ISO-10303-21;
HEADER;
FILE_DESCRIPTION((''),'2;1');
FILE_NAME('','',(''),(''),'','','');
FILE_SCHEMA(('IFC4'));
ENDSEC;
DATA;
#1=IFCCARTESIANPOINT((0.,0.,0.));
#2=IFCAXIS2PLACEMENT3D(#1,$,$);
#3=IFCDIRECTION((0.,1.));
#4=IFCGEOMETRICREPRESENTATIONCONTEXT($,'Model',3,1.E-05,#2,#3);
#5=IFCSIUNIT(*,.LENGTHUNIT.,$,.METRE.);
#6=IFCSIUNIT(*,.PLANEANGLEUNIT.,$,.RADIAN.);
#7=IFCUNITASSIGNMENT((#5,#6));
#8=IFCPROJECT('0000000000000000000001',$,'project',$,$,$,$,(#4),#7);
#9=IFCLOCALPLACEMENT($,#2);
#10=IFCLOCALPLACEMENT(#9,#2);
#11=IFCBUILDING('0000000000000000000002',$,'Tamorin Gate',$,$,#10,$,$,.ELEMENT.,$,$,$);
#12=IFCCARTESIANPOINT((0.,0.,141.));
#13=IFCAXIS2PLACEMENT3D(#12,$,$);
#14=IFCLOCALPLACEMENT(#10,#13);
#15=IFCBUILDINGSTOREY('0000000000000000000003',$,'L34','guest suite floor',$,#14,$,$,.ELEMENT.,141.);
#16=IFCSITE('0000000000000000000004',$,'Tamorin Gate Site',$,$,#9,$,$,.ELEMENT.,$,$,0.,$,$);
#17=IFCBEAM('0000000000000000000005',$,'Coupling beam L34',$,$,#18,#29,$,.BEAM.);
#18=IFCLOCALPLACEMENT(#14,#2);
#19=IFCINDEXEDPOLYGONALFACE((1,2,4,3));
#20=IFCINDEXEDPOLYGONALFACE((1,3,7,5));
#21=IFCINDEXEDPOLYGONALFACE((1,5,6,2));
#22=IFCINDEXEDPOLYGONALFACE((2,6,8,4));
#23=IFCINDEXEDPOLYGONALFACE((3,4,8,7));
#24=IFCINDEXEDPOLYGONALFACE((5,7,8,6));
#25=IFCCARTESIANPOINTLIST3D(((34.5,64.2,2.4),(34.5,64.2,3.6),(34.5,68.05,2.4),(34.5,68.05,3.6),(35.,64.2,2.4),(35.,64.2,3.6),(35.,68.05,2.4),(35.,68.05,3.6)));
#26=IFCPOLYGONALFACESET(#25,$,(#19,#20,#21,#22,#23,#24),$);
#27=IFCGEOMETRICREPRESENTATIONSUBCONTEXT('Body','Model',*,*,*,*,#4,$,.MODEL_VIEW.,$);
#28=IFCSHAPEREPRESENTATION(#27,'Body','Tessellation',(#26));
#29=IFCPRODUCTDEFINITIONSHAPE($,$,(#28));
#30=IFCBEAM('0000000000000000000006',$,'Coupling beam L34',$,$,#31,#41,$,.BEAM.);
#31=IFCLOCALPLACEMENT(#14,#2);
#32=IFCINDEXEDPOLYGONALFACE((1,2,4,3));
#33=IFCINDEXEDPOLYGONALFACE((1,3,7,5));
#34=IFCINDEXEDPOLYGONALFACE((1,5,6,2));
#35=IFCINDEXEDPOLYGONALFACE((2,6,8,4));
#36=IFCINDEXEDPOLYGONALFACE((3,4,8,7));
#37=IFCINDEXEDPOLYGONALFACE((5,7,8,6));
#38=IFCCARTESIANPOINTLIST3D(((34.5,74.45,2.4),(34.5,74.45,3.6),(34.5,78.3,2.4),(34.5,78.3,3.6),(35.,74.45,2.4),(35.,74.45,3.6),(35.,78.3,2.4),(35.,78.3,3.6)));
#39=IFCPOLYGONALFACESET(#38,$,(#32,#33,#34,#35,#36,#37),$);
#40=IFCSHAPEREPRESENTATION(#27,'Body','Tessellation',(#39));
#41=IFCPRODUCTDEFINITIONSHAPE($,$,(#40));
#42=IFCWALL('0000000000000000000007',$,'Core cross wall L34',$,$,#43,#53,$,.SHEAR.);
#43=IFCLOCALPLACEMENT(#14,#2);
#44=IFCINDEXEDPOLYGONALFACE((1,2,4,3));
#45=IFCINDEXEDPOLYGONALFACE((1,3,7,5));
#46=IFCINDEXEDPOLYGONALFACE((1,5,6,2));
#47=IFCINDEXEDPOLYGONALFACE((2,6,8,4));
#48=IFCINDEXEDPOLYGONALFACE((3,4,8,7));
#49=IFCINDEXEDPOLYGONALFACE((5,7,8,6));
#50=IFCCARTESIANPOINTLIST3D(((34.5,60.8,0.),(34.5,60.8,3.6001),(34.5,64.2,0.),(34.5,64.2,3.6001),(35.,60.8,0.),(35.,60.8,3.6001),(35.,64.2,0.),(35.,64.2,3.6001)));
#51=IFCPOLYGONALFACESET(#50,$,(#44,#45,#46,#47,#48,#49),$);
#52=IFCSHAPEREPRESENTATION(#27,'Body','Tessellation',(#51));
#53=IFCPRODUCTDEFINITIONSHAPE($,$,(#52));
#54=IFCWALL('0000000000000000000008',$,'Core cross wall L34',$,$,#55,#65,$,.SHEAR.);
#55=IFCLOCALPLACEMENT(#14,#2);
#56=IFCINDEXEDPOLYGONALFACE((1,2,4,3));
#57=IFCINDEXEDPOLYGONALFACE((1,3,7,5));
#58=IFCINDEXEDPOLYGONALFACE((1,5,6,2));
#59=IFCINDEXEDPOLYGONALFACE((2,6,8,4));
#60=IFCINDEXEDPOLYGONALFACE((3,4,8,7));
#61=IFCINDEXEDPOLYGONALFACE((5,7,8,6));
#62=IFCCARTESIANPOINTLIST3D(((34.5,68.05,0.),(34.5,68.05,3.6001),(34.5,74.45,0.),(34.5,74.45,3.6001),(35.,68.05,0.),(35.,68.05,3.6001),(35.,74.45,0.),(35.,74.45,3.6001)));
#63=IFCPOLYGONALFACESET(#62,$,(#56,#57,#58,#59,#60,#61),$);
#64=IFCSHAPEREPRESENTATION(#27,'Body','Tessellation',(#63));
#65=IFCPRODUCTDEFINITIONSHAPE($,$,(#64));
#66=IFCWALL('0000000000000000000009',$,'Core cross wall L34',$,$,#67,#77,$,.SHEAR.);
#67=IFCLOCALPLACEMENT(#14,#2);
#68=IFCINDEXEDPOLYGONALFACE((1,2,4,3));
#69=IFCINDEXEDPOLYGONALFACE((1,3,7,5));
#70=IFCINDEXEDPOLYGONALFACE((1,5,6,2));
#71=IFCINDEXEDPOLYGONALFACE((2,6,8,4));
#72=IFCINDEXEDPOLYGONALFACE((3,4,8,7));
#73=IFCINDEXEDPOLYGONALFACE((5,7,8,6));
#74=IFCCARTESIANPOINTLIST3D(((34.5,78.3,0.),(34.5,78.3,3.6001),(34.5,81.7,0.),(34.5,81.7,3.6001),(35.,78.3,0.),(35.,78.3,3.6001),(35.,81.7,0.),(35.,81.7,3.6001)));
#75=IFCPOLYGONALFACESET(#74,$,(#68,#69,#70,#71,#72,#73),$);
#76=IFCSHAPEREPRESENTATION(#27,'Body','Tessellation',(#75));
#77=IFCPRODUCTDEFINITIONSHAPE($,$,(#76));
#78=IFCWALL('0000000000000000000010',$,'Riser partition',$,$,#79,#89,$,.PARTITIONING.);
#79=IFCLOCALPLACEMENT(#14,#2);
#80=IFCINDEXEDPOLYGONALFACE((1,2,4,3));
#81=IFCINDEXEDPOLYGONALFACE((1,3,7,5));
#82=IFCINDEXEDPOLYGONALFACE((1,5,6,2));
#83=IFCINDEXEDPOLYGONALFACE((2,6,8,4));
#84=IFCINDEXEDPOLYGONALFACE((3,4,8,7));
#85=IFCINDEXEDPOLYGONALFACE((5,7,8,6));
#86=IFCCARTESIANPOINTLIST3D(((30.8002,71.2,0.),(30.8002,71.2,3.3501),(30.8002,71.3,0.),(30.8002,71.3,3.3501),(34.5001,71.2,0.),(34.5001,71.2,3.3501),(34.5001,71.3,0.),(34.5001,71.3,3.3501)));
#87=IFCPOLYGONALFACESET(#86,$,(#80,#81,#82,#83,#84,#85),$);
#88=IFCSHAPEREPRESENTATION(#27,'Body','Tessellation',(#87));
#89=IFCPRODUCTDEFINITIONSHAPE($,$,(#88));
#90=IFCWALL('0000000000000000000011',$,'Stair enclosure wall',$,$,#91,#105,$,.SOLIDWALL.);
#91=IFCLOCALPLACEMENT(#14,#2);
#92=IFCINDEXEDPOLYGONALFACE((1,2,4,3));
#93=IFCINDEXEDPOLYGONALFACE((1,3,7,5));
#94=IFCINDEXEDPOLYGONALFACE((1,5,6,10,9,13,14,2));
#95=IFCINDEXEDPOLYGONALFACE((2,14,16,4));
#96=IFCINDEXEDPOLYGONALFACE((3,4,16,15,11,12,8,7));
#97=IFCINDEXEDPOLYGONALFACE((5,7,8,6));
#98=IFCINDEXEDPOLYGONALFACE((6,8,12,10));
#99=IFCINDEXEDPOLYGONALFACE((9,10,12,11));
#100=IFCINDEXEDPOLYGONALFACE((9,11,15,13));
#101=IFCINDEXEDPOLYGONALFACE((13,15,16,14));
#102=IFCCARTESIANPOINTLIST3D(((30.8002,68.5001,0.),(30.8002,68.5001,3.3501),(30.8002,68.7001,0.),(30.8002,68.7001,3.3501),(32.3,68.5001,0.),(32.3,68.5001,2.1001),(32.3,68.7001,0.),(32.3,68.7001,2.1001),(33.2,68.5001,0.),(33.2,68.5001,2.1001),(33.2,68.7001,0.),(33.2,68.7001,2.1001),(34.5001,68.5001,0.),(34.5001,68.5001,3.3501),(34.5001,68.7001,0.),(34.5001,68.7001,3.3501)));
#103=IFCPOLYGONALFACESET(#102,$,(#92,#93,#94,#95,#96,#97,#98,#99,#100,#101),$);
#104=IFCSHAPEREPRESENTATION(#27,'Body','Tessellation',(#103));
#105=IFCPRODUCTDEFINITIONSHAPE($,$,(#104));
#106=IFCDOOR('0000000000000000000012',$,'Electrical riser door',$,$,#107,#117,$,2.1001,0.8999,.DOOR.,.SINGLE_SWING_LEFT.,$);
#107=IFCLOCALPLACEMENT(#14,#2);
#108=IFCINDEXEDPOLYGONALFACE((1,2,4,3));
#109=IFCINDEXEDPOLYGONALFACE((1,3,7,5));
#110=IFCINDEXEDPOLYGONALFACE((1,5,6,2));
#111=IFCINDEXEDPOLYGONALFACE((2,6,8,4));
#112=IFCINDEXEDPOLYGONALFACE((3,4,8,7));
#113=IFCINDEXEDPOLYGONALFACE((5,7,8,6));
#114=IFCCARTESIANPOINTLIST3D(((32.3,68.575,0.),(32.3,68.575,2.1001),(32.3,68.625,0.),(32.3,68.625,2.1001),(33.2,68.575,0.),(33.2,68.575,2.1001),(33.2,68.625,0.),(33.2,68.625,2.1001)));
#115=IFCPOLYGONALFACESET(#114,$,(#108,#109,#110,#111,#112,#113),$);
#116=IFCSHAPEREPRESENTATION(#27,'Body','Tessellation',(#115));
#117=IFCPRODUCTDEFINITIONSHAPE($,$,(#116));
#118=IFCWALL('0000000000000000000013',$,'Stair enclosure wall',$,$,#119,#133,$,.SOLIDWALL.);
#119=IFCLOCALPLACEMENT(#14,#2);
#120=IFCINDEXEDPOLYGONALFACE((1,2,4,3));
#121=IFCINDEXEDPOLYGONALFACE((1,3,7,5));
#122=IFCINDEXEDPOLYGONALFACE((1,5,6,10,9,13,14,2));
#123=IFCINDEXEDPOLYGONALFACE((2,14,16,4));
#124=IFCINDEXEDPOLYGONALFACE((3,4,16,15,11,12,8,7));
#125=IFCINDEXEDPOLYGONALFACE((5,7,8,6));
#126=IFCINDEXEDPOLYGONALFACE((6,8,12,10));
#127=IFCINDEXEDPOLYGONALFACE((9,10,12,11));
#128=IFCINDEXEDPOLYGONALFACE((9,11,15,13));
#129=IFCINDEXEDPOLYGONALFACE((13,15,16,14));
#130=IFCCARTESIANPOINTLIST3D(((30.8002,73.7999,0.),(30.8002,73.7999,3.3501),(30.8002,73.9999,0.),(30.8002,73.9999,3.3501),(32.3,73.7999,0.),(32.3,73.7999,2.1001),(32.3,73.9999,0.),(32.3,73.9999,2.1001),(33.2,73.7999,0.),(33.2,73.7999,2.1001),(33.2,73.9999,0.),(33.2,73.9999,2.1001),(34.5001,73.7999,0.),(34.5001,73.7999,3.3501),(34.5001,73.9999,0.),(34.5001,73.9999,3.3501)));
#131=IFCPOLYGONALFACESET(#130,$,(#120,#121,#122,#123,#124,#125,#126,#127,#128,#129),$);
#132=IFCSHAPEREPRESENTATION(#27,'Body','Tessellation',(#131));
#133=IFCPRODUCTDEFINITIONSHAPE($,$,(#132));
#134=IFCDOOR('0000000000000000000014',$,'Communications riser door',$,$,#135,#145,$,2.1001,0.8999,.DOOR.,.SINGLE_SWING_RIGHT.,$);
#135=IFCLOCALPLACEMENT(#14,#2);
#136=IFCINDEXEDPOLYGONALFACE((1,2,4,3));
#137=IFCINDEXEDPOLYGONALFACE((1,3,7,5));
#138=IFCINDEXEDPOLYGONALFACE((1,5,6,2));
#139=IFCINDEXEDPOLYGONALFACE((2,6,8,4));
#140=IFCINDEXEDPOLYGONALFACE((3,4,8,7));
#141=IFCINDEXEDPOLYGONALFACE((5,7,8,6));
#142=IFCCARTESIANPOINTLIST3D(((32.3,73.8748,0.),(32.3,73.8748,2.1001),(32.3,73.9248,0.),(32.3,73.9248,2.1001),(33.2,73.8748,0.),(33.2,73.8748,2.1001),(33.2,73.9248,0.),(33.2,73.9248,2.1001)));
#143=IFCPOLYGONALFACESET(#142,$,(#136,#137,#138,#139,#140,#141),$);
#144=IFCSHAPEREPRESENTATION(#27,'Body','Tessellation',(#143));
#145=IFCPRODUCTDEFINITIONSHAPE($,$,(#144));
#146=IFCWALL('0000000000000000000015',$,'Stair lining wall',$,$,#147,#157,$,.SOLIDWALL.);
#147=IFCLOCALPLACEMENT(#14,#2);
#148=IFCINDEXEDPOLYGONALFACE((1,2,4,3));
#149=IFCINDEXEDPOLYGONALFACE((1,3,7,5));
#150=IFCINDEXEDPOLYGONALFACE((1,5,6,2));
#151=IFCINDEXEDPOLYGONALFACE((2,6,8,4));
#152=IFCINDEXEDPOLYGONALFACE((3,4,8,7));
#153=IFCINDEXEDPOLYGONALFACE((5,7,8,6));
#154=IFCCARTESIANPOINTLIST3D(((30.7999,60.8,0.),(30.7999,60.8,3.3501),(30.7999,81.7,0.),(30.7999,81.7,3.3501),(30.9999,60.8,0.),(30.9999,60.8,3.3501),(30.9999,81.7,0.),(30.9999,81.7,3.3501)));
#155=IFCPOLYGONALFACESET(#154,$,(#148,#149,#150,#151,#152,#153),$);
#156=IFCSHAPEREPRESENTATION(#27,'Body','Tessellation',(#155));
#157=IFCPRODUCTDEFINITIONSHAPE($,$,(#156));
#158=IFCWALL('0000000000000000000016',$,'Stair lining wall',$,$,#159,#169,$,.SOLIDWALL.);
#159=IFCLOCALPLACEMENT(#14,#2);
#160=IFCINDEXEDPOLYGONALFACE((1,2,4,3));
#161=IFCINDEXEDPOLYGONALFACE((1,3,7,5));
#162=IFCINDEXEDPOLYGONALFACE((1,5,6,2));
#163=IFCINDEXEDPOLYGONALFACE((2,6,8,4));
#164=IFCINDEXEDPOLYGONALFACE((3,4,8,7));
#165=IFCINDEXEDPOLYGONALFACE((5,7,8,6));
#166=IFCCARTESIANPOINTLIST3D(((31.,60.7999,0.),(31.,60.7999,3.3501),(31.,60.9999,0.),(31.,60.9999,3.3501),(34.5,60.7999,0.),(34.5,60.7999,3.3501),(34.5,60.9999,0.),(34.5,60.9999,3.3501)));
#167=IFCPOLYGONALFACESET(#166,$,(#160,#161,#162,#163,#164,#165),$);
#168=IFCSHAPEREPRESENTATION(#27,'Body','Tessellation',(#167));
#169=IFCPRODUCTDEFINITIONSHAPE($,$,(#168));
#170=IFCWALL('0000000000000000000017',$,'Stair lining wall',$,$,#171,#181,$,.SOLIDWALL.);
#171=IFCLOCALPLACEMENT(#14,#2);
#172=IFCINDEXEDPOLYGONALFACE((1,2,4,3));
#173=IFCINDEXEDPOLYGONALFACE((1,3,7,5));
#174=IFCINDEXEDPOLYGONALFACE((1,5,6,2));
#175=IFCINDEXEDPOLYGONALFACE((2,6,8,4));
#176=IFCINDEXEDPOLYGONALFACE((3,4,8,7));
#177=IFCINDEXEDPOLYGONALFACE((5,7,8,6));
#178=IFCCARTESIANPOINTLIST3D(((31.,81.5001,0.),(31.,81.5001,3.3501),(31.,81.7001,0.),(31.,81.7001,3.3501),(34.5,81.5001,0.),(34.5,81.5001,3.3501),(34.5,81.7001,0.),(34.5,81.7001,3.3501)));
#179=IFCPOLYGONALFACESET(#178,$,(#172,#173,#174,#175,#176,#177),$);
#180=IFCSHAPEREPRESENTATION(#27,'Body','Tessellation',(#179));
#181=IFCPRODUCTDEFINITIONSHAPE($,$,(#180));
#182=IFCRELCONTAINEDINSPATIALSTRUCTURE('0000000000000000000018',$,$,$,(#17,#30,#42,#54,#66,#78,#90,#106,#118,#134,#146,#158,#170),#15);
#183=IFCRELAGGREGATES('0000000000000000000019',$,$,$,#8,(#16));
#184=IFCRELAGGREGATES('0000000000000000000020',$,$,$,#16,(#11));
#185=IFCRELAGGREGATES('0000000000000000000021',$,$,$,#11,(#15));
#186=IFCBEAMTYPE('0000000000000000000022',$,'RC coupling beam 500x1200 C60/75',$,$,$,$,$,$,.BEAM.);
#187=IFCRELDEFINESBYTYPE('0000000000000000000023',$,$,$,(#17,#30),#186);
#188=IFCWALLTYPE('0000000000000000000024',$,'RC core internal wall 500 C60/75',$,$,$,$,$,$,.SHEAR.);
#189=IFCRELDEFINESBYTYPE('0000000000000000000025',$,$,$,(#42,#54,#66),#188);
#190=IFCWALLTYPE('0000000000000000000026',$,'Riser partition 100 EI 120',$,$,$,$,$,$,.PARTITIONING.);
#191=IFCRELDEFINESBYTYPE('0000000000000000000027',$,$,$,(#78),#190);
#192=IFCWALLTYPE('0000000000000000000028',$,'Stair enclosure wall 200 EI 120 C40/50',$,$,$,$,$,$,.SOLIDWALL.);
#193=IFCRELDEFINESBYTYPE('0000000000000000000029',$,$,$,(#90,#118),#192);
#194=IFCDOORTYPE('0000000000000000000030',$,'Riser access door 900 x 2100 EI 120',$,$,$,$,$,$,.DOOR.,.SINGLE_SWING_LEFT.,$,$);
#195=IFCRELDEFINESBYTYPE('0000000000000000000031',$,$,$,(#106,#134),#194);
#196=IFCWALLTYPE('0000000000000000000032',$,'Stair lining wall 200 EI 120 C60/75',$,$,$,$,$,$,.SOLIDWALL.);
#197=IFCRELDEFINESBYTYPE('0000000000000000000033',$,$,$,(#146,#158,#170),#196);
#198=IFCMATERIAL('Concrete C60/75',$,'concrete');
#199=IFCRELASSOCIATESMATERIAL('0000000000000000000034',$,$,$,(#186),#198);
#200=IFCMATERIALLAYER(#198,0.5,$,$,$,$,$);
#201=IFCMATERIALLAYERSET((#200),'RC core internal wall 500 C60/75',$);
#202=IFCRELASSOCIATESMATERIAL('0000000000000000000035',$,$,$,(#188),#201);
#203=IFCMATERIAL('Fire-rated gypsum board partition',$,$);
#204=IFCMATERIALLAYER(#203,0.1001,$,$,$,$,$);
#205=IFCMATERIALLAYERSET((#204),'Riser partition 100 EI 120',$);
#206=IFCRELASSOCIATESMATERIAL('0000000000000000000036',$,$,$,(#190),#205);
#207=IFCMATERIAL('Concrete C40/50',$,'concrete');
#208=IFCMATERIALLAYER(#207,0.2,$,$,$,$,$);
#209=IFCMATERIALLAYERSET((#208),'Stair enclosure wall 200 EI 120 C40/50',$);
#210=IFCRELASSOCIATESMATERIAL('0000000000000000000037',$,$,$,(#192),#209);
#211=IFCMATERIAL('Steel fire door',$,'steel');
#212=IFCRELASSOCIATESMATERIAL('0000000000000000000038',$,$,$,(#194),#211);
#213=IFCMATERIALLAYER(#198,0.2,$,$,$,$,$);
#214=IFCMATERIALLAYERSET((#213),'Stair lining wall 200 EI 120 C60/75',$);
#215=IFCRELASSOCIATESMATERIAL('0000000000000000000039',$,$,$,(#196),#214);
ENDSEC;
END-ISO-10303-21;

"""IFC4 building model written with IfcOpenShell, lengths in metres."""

from ifc_helpers import new_model, si_unit, direction, frame, frame_2d, origin, origin_2d, place, context, subcontext, project, spatial, rectangle, extrude, material, layer, layer_set, material_profile, profile_set, type_object, element, fill, save


model = new_model("IFC4")

# Units and contexts
model_context = context("Model", 3, precision=1e-05, world=origin(), true_north=direction((0.0, 1.0)))
body_context = subcontext(model_context, "Body", "Model", "MODEL_VIEW")
ifc_project = project(units=[si_unit("LENGTHUNIT", "METRE"), si_unit("PLANEANGLEUNIT", "RADIAN")], contexts=[model_context])

# Site, building, storey
site_placement = place(None, origin())
site = spatial("IfcSite", under=ifc_project, at=site_placement, Name="Tamorin Gate Site", CompositionType="ELEMENT", RefElevation=0.0)
building_placement = place(site_placement, origin())
building = spatial("IfcBuilding", under=site, at=building_placement, Name="Tamorin Gate", CompositionType="ELEMENT")
storey_placement = place(building_placement, frame((0.0, 0.0, 141.0)))
storey = spatial("IfcBuildingStorey", under=building, at=storey_placement, Name="L34", Description="guest suite floor", CompositionType="ELEMENT", Elevation=141.0)

# Beams
ifc_material_1 = material(Name="Concrete C60/75", Category="concrete")
ifc_material_profile = material_profile(ifc_material_1, rectangle(XDim=0.5, YDim=1.2, at=origin_2d()), Name="RC 500x1200")
ifc_profile_set = profile_set([ifc_material_profile], Name="Concrete C60/75")
beam_type = type_object("IfcBeamType", Name="RC coupling beam 500x1200 C60/75", PredefinedType="BEAM", material=ifc_profile_set)
for number, where, z_axis, x_axis, name in (
    (1, (34.75, 64.2, 3.0), (0.0, 1.0, 0.0), (-1.0, 0.0, 0.0), "Coupling beam L34"),
    (2, (34.75, 74.45, 3.0), (0.0, 1.0, 0.0), (-1.0, 0.0, 0.0), "Coupling beam L34"),
):
    element("IfcBeam", number, at=place(storey_placement, frame(where, z_axis=z_axis, x_axis=x_axis)), inside=storey, type_object=beam_type, Name=name, PredefinedType="BEAM", context=body_context, shape_type="SweptSolid", body=[
        extrude(rectangle(XDim=0.5, YDim=1.2, at=origin_2d()), origin(), (0.0, 0.0, 1.0), 3.8501),
    ])

# Walls
ifc_layer_1 = layer(ifc_material_1, 0.5)
ifc_layer_set_1 = layer_set([ifc_layer_1], Name="RC core internal wall 500 C60/75")
wall_type_1 = type_object("IfcWallType", Name="RC core internal wall 500 C60/75", PredefinedType="SHEAR", material=ifc_layer_set_1)
wall_1_placement = place(storey_placement, frame((34.75, 60.8, 0.0), z_axis=(0.0, 0.0, 1.0), x_axis=(0.0, 1.0, 0.0)))
element("IfcWall", 3, at=wall_1_placement, inside=storey, type_object=wall_type_1, Name="Core cross wall L34", PredefinedType="SHEAR", context=body_context, shape_type="SweptSolid", body=[
    extrude(rectangle(XDim=3.3999, YDim=0.5, at=frame_2d((1.7, 0.0))), origin(), (0.0, 0.0, 1.0), 3.6001),
])
wall_2_placement = place(storey_placement, frame((34.75, 68.05, 0.0), z_axis=(0.0, 0.0, 1.0), x_axis=(0.0, 1.0, 0.0)))
element("IfcWall", 4, at=wall_2_placement, inside=storey, type_object=wall_type_1, Name="Core cross wall L34", PredefinedType="SHEAR", context=body_context, shape_type="SweptSolid", body=[
    extrude(rectangle(XDim=6.3999, YDim=0.5, at=frame_2d((3.2, 0.0))), origin(), (0.0, 0.0, 1.0), 3.6001),
])
wall_3_placement = place(storey_placement, frame((34.75, 78.3, 0.0), z_axis=(0.0, 0.0, 1.0), x_axis=(0.0, 1.0, 0.0)))
element("IfcWall", 5, at=wall_3_placement, inside=storey, type_object=wall_type_1, Name="Core cross wall L34", PredefinedType="SHEAR", context=body_context, shape_type="SweptSolid", body=[
    extrude(rectangle(XDim=3.3999, YDim=0.5, at=frame_2d((1.7, 0.0))), origin(), (0.0, 0.0, 1.0), 3.6001),
])
ifc_material_2 = material(Name="Fire-rated gypsum board partition")
ifc_layer_2 = layer(ifc_material_2, 0.1001)
ifc_layer_set_2 = layer_set([ifc_layer_2], Name="Riser partition 100 EI 120")
wall_type_2 = type_object("IfcWallType", Name="Riser partition 100 EI 120", PredefinedType="PARTITIONING", material=ifc_layer_set_2)
wall_4_placement = place(storey_placement, frame((30.8, 71.25, 0.0), z_axis=(0.0, 0.0, 1.0), x_axis=(1.0, 0.0, 0.0)))
element("IfcWall", 6, at=wall_4_placement, inside=storey, type_object=wall_type_2, Name="Riser partition", PredefinedType="PARTITIONING", context=body_context, shape_type="SweptSolid", body=[
    extrude(rectangle(XDim=3.7, YDim=0.1001, at=frame_2d((1.8501, 0.0))), origin(), (0.0, 0.0, 1.0), 3.3501),
])

# Walls, openings, doors
ifc_material_3 = material(Name="Concrete C40/50", Category="concrete")
ifc_layer_3 = layer(ifc_material_3, 0.2)
ifc_layer_set_3 = layer_set([ifc_layer_3], Name="Stair enclosure wall 200 EI 120 C40/50")
wall_type_3 = type_object("IfcWallType", Name="Stair enclosure wall 200 EI 120 C40/50", PredefinedType="SOLIDWALL", material=ifc_layer_set_3)
wall_5_placement = place(storey_placement, frame((30.8, 68.6001, 0.0), z_axis=(0.0, 0.0, 1.0), x_axis=(1.0, 0.0, 0.0)))
wall_5 = element("IfcWall", 7, at=wall_5_placement, inside=storey, type_object=wall_type_3, Name="Stair enclosure wall", PredefinedType="SOLIDWALL", context=body_context, shape_type="SweptSolid", body=[
    extrude(rectangle(XDim=3.7, YDim=0.2, at=frame_2d((1.8501, 0.0))), origin(), (0.0, 0.0, 1.0), 3.3501),
])
opening_1_placement = place(wall_5_placement, frame((1.5, 0.0, 0.0)))
opening_1 = element("IfcOpeningElement", 8, at=opening_1_placement, cuts=wall_5, PredefinedType="OPENING", context=body_context, shape_type="SweptSolid", body=[
    extrude(rectangle(XDim=0.8999, YDim=2.1001, at=frame_2d((0.45, 1.05))), frame((0.0, 0.1099, 0.0), z_axis=(0.0, -1.0, 0.0), x_axis=(1.0, 0.0, 0.0)), (0.0, 0.0, 1.0), 0.22),
])
ifc_material_4 = material(Name="Steel fire door", Category="steel")
door_type_1 = type_object("IfcDoorType", Name="Riser access door 900 x 2100 EI 120", OperationType="SINGLE_SWING_LEFT", PredefinedType="DOOR", material=ifc_material_4)
door_1_placement = place(opening_1_placement, origin())
door_1 = element("IfcDoor", 9, at=door_1_placement, inside=storey, type_object=door_type_1, Name="Electrical riser door", OperationType="SINGLE_SWING_LEFT", OverallHeight=2.1001, OverallWidth=0.8999, PredefinedType="DOOR", context=body_context, shape_type="SweptSolid", body=[
    extrude(rectangle(XDim=0.8999, YDim=2.1001, at=frame_2d((0.45, 1.05))), frame((0.0, 0.0249, 0.0), z_axis=(0.0, -1.0, 0.0), x_axis=(1.0, 0.0, 0.0)), (0.0, 0.0, 1.0), 0.05),
])
fill(opening_1, door_1)
wall_6_placement = place(storey_placement, frame((30.8, 73.8999, 0.0), z_axis=(0.0, 0.0, 1.0), x_axis=(1.0, 0.0, 0.0)))
wall_6 = element("IfcWall", 10, at=wall_6_placement, inside=storey, type_object=wall_type_3, Name="Stair enclosure wall", PredefinedType="SOLIDWALL", context=body_context, shape_type="SweptSolid", body=[
    extrude(rectangle(XDim=3.7, YDim=0.2, at=frame_2d((1.8501, 0.0))), origin(), (0.0, 0.0, 1.0), 3.3501),
])
opening_2_placement = place(wall_6_placement, frame((1.5, 0.0, 0.0)))
opening_2 = element("IfcOpeningElement", 11, at=opening_2_placement, cuts=wall_6, PredefinedType="OPENING", context=body_context, shape_type="SweptSolid", body=[
    extrude(rectangle(XDim=0.8999, YDim=2.1001, at=frame_2d((0.45, 1.05))), frame((0.0, 0.1099, 0.0), z_axis=(0.0, -1.0, 0.0), x_axis=(1.0, 0.0, 0.0)), (0.0, 0.0, 1.0), 0.22),
])
door_2_placement = place(opening_2_placement, origin())
door_2 = element("IfcDoor", 12, at=door_2_placement, inside=storey, type_object=door_type_1, Name="Communications riser door", OperationType="SINGLE_SWING_RIGHT", OverallHeight=2.1001, OverallWidth=0.8999, PredefinedType="DOOR", context=body_context, shape_type="SweptSolid", body=[
    extrude(rectangle(XDim=0.8999, YDim=2.1001, at=frame_2d((0.45, 1.05))), frame((0.0, 0.0249, 0.0), z_axis=(0.0, -1.0, 0.0), x_axis=(1.0, 0.0, 0.0)), (0.0, 0.0, 1.0), 0.05),
])
fill(opening_2, door_2)

# Walls
ifc_layer_4 = layer(ifc_material_1, 0.2)
ifc_layer_set_4 = layer_set([ifc_layer_4], Name="Stair lining wall 200 EI 120 C60/75")
wall_type_4 = type_object("IfcWallType", Name="Stair lining wall 200 EI 120 C60/75", PredefinedType="SOLIDWALL", material=ifc_layer_set_4)
wall_7_placement = place(storey_placement, frame((30.8999, 60.8, 0.0), z_axis=(0.0, 0.0, 1.0), x_axis=(0.0, 1.0, 0.0)))
element("IfcWall", 13, at=wall_7_placement, inside=storey, type_object=wall_type_4, Name="Stair lining wall", PredefinedType="SOLIDWALL", context=body_context, shape_type="SweptSolid", body=[
    extrude(rectangle(XDim=20.8999, YDim=0.2, at=frame_2d((10.45, 0.0))), origin(), (0.0, 0.0, 1.0), 3.3501),
])
for number, where, z_axis, x_axis, name in (
    (14, (31.0, 60.8999, 0.0), (0.0, 0.0, 1.0), (1.0, 0.0, 0.0), "Stair lining wall"),
    (15, (31.0, 81.6001, 0.0), (0.0, 0.0, 1.0), (1.0, 0.0, 0.0), "Stair lining wall"),
):
    element("IfcWall", number, at=place(storey_placement, frame(where, z_axis=z_axis, x_axis=x_axis)), inside=storey, type_object=wall_type_4, Name=name, PredefinedType="SOLIDWALL", context=body_context, shape_type="SweptSolid", body=[
        extrude(rectangle(XDim=3.5, YDim=0.2, at=frame_2d((1.75, 0.0))), origin(), (0.0, 0.0, 1.0), 3.3501),
    ])

save(model, "model.ifc")
